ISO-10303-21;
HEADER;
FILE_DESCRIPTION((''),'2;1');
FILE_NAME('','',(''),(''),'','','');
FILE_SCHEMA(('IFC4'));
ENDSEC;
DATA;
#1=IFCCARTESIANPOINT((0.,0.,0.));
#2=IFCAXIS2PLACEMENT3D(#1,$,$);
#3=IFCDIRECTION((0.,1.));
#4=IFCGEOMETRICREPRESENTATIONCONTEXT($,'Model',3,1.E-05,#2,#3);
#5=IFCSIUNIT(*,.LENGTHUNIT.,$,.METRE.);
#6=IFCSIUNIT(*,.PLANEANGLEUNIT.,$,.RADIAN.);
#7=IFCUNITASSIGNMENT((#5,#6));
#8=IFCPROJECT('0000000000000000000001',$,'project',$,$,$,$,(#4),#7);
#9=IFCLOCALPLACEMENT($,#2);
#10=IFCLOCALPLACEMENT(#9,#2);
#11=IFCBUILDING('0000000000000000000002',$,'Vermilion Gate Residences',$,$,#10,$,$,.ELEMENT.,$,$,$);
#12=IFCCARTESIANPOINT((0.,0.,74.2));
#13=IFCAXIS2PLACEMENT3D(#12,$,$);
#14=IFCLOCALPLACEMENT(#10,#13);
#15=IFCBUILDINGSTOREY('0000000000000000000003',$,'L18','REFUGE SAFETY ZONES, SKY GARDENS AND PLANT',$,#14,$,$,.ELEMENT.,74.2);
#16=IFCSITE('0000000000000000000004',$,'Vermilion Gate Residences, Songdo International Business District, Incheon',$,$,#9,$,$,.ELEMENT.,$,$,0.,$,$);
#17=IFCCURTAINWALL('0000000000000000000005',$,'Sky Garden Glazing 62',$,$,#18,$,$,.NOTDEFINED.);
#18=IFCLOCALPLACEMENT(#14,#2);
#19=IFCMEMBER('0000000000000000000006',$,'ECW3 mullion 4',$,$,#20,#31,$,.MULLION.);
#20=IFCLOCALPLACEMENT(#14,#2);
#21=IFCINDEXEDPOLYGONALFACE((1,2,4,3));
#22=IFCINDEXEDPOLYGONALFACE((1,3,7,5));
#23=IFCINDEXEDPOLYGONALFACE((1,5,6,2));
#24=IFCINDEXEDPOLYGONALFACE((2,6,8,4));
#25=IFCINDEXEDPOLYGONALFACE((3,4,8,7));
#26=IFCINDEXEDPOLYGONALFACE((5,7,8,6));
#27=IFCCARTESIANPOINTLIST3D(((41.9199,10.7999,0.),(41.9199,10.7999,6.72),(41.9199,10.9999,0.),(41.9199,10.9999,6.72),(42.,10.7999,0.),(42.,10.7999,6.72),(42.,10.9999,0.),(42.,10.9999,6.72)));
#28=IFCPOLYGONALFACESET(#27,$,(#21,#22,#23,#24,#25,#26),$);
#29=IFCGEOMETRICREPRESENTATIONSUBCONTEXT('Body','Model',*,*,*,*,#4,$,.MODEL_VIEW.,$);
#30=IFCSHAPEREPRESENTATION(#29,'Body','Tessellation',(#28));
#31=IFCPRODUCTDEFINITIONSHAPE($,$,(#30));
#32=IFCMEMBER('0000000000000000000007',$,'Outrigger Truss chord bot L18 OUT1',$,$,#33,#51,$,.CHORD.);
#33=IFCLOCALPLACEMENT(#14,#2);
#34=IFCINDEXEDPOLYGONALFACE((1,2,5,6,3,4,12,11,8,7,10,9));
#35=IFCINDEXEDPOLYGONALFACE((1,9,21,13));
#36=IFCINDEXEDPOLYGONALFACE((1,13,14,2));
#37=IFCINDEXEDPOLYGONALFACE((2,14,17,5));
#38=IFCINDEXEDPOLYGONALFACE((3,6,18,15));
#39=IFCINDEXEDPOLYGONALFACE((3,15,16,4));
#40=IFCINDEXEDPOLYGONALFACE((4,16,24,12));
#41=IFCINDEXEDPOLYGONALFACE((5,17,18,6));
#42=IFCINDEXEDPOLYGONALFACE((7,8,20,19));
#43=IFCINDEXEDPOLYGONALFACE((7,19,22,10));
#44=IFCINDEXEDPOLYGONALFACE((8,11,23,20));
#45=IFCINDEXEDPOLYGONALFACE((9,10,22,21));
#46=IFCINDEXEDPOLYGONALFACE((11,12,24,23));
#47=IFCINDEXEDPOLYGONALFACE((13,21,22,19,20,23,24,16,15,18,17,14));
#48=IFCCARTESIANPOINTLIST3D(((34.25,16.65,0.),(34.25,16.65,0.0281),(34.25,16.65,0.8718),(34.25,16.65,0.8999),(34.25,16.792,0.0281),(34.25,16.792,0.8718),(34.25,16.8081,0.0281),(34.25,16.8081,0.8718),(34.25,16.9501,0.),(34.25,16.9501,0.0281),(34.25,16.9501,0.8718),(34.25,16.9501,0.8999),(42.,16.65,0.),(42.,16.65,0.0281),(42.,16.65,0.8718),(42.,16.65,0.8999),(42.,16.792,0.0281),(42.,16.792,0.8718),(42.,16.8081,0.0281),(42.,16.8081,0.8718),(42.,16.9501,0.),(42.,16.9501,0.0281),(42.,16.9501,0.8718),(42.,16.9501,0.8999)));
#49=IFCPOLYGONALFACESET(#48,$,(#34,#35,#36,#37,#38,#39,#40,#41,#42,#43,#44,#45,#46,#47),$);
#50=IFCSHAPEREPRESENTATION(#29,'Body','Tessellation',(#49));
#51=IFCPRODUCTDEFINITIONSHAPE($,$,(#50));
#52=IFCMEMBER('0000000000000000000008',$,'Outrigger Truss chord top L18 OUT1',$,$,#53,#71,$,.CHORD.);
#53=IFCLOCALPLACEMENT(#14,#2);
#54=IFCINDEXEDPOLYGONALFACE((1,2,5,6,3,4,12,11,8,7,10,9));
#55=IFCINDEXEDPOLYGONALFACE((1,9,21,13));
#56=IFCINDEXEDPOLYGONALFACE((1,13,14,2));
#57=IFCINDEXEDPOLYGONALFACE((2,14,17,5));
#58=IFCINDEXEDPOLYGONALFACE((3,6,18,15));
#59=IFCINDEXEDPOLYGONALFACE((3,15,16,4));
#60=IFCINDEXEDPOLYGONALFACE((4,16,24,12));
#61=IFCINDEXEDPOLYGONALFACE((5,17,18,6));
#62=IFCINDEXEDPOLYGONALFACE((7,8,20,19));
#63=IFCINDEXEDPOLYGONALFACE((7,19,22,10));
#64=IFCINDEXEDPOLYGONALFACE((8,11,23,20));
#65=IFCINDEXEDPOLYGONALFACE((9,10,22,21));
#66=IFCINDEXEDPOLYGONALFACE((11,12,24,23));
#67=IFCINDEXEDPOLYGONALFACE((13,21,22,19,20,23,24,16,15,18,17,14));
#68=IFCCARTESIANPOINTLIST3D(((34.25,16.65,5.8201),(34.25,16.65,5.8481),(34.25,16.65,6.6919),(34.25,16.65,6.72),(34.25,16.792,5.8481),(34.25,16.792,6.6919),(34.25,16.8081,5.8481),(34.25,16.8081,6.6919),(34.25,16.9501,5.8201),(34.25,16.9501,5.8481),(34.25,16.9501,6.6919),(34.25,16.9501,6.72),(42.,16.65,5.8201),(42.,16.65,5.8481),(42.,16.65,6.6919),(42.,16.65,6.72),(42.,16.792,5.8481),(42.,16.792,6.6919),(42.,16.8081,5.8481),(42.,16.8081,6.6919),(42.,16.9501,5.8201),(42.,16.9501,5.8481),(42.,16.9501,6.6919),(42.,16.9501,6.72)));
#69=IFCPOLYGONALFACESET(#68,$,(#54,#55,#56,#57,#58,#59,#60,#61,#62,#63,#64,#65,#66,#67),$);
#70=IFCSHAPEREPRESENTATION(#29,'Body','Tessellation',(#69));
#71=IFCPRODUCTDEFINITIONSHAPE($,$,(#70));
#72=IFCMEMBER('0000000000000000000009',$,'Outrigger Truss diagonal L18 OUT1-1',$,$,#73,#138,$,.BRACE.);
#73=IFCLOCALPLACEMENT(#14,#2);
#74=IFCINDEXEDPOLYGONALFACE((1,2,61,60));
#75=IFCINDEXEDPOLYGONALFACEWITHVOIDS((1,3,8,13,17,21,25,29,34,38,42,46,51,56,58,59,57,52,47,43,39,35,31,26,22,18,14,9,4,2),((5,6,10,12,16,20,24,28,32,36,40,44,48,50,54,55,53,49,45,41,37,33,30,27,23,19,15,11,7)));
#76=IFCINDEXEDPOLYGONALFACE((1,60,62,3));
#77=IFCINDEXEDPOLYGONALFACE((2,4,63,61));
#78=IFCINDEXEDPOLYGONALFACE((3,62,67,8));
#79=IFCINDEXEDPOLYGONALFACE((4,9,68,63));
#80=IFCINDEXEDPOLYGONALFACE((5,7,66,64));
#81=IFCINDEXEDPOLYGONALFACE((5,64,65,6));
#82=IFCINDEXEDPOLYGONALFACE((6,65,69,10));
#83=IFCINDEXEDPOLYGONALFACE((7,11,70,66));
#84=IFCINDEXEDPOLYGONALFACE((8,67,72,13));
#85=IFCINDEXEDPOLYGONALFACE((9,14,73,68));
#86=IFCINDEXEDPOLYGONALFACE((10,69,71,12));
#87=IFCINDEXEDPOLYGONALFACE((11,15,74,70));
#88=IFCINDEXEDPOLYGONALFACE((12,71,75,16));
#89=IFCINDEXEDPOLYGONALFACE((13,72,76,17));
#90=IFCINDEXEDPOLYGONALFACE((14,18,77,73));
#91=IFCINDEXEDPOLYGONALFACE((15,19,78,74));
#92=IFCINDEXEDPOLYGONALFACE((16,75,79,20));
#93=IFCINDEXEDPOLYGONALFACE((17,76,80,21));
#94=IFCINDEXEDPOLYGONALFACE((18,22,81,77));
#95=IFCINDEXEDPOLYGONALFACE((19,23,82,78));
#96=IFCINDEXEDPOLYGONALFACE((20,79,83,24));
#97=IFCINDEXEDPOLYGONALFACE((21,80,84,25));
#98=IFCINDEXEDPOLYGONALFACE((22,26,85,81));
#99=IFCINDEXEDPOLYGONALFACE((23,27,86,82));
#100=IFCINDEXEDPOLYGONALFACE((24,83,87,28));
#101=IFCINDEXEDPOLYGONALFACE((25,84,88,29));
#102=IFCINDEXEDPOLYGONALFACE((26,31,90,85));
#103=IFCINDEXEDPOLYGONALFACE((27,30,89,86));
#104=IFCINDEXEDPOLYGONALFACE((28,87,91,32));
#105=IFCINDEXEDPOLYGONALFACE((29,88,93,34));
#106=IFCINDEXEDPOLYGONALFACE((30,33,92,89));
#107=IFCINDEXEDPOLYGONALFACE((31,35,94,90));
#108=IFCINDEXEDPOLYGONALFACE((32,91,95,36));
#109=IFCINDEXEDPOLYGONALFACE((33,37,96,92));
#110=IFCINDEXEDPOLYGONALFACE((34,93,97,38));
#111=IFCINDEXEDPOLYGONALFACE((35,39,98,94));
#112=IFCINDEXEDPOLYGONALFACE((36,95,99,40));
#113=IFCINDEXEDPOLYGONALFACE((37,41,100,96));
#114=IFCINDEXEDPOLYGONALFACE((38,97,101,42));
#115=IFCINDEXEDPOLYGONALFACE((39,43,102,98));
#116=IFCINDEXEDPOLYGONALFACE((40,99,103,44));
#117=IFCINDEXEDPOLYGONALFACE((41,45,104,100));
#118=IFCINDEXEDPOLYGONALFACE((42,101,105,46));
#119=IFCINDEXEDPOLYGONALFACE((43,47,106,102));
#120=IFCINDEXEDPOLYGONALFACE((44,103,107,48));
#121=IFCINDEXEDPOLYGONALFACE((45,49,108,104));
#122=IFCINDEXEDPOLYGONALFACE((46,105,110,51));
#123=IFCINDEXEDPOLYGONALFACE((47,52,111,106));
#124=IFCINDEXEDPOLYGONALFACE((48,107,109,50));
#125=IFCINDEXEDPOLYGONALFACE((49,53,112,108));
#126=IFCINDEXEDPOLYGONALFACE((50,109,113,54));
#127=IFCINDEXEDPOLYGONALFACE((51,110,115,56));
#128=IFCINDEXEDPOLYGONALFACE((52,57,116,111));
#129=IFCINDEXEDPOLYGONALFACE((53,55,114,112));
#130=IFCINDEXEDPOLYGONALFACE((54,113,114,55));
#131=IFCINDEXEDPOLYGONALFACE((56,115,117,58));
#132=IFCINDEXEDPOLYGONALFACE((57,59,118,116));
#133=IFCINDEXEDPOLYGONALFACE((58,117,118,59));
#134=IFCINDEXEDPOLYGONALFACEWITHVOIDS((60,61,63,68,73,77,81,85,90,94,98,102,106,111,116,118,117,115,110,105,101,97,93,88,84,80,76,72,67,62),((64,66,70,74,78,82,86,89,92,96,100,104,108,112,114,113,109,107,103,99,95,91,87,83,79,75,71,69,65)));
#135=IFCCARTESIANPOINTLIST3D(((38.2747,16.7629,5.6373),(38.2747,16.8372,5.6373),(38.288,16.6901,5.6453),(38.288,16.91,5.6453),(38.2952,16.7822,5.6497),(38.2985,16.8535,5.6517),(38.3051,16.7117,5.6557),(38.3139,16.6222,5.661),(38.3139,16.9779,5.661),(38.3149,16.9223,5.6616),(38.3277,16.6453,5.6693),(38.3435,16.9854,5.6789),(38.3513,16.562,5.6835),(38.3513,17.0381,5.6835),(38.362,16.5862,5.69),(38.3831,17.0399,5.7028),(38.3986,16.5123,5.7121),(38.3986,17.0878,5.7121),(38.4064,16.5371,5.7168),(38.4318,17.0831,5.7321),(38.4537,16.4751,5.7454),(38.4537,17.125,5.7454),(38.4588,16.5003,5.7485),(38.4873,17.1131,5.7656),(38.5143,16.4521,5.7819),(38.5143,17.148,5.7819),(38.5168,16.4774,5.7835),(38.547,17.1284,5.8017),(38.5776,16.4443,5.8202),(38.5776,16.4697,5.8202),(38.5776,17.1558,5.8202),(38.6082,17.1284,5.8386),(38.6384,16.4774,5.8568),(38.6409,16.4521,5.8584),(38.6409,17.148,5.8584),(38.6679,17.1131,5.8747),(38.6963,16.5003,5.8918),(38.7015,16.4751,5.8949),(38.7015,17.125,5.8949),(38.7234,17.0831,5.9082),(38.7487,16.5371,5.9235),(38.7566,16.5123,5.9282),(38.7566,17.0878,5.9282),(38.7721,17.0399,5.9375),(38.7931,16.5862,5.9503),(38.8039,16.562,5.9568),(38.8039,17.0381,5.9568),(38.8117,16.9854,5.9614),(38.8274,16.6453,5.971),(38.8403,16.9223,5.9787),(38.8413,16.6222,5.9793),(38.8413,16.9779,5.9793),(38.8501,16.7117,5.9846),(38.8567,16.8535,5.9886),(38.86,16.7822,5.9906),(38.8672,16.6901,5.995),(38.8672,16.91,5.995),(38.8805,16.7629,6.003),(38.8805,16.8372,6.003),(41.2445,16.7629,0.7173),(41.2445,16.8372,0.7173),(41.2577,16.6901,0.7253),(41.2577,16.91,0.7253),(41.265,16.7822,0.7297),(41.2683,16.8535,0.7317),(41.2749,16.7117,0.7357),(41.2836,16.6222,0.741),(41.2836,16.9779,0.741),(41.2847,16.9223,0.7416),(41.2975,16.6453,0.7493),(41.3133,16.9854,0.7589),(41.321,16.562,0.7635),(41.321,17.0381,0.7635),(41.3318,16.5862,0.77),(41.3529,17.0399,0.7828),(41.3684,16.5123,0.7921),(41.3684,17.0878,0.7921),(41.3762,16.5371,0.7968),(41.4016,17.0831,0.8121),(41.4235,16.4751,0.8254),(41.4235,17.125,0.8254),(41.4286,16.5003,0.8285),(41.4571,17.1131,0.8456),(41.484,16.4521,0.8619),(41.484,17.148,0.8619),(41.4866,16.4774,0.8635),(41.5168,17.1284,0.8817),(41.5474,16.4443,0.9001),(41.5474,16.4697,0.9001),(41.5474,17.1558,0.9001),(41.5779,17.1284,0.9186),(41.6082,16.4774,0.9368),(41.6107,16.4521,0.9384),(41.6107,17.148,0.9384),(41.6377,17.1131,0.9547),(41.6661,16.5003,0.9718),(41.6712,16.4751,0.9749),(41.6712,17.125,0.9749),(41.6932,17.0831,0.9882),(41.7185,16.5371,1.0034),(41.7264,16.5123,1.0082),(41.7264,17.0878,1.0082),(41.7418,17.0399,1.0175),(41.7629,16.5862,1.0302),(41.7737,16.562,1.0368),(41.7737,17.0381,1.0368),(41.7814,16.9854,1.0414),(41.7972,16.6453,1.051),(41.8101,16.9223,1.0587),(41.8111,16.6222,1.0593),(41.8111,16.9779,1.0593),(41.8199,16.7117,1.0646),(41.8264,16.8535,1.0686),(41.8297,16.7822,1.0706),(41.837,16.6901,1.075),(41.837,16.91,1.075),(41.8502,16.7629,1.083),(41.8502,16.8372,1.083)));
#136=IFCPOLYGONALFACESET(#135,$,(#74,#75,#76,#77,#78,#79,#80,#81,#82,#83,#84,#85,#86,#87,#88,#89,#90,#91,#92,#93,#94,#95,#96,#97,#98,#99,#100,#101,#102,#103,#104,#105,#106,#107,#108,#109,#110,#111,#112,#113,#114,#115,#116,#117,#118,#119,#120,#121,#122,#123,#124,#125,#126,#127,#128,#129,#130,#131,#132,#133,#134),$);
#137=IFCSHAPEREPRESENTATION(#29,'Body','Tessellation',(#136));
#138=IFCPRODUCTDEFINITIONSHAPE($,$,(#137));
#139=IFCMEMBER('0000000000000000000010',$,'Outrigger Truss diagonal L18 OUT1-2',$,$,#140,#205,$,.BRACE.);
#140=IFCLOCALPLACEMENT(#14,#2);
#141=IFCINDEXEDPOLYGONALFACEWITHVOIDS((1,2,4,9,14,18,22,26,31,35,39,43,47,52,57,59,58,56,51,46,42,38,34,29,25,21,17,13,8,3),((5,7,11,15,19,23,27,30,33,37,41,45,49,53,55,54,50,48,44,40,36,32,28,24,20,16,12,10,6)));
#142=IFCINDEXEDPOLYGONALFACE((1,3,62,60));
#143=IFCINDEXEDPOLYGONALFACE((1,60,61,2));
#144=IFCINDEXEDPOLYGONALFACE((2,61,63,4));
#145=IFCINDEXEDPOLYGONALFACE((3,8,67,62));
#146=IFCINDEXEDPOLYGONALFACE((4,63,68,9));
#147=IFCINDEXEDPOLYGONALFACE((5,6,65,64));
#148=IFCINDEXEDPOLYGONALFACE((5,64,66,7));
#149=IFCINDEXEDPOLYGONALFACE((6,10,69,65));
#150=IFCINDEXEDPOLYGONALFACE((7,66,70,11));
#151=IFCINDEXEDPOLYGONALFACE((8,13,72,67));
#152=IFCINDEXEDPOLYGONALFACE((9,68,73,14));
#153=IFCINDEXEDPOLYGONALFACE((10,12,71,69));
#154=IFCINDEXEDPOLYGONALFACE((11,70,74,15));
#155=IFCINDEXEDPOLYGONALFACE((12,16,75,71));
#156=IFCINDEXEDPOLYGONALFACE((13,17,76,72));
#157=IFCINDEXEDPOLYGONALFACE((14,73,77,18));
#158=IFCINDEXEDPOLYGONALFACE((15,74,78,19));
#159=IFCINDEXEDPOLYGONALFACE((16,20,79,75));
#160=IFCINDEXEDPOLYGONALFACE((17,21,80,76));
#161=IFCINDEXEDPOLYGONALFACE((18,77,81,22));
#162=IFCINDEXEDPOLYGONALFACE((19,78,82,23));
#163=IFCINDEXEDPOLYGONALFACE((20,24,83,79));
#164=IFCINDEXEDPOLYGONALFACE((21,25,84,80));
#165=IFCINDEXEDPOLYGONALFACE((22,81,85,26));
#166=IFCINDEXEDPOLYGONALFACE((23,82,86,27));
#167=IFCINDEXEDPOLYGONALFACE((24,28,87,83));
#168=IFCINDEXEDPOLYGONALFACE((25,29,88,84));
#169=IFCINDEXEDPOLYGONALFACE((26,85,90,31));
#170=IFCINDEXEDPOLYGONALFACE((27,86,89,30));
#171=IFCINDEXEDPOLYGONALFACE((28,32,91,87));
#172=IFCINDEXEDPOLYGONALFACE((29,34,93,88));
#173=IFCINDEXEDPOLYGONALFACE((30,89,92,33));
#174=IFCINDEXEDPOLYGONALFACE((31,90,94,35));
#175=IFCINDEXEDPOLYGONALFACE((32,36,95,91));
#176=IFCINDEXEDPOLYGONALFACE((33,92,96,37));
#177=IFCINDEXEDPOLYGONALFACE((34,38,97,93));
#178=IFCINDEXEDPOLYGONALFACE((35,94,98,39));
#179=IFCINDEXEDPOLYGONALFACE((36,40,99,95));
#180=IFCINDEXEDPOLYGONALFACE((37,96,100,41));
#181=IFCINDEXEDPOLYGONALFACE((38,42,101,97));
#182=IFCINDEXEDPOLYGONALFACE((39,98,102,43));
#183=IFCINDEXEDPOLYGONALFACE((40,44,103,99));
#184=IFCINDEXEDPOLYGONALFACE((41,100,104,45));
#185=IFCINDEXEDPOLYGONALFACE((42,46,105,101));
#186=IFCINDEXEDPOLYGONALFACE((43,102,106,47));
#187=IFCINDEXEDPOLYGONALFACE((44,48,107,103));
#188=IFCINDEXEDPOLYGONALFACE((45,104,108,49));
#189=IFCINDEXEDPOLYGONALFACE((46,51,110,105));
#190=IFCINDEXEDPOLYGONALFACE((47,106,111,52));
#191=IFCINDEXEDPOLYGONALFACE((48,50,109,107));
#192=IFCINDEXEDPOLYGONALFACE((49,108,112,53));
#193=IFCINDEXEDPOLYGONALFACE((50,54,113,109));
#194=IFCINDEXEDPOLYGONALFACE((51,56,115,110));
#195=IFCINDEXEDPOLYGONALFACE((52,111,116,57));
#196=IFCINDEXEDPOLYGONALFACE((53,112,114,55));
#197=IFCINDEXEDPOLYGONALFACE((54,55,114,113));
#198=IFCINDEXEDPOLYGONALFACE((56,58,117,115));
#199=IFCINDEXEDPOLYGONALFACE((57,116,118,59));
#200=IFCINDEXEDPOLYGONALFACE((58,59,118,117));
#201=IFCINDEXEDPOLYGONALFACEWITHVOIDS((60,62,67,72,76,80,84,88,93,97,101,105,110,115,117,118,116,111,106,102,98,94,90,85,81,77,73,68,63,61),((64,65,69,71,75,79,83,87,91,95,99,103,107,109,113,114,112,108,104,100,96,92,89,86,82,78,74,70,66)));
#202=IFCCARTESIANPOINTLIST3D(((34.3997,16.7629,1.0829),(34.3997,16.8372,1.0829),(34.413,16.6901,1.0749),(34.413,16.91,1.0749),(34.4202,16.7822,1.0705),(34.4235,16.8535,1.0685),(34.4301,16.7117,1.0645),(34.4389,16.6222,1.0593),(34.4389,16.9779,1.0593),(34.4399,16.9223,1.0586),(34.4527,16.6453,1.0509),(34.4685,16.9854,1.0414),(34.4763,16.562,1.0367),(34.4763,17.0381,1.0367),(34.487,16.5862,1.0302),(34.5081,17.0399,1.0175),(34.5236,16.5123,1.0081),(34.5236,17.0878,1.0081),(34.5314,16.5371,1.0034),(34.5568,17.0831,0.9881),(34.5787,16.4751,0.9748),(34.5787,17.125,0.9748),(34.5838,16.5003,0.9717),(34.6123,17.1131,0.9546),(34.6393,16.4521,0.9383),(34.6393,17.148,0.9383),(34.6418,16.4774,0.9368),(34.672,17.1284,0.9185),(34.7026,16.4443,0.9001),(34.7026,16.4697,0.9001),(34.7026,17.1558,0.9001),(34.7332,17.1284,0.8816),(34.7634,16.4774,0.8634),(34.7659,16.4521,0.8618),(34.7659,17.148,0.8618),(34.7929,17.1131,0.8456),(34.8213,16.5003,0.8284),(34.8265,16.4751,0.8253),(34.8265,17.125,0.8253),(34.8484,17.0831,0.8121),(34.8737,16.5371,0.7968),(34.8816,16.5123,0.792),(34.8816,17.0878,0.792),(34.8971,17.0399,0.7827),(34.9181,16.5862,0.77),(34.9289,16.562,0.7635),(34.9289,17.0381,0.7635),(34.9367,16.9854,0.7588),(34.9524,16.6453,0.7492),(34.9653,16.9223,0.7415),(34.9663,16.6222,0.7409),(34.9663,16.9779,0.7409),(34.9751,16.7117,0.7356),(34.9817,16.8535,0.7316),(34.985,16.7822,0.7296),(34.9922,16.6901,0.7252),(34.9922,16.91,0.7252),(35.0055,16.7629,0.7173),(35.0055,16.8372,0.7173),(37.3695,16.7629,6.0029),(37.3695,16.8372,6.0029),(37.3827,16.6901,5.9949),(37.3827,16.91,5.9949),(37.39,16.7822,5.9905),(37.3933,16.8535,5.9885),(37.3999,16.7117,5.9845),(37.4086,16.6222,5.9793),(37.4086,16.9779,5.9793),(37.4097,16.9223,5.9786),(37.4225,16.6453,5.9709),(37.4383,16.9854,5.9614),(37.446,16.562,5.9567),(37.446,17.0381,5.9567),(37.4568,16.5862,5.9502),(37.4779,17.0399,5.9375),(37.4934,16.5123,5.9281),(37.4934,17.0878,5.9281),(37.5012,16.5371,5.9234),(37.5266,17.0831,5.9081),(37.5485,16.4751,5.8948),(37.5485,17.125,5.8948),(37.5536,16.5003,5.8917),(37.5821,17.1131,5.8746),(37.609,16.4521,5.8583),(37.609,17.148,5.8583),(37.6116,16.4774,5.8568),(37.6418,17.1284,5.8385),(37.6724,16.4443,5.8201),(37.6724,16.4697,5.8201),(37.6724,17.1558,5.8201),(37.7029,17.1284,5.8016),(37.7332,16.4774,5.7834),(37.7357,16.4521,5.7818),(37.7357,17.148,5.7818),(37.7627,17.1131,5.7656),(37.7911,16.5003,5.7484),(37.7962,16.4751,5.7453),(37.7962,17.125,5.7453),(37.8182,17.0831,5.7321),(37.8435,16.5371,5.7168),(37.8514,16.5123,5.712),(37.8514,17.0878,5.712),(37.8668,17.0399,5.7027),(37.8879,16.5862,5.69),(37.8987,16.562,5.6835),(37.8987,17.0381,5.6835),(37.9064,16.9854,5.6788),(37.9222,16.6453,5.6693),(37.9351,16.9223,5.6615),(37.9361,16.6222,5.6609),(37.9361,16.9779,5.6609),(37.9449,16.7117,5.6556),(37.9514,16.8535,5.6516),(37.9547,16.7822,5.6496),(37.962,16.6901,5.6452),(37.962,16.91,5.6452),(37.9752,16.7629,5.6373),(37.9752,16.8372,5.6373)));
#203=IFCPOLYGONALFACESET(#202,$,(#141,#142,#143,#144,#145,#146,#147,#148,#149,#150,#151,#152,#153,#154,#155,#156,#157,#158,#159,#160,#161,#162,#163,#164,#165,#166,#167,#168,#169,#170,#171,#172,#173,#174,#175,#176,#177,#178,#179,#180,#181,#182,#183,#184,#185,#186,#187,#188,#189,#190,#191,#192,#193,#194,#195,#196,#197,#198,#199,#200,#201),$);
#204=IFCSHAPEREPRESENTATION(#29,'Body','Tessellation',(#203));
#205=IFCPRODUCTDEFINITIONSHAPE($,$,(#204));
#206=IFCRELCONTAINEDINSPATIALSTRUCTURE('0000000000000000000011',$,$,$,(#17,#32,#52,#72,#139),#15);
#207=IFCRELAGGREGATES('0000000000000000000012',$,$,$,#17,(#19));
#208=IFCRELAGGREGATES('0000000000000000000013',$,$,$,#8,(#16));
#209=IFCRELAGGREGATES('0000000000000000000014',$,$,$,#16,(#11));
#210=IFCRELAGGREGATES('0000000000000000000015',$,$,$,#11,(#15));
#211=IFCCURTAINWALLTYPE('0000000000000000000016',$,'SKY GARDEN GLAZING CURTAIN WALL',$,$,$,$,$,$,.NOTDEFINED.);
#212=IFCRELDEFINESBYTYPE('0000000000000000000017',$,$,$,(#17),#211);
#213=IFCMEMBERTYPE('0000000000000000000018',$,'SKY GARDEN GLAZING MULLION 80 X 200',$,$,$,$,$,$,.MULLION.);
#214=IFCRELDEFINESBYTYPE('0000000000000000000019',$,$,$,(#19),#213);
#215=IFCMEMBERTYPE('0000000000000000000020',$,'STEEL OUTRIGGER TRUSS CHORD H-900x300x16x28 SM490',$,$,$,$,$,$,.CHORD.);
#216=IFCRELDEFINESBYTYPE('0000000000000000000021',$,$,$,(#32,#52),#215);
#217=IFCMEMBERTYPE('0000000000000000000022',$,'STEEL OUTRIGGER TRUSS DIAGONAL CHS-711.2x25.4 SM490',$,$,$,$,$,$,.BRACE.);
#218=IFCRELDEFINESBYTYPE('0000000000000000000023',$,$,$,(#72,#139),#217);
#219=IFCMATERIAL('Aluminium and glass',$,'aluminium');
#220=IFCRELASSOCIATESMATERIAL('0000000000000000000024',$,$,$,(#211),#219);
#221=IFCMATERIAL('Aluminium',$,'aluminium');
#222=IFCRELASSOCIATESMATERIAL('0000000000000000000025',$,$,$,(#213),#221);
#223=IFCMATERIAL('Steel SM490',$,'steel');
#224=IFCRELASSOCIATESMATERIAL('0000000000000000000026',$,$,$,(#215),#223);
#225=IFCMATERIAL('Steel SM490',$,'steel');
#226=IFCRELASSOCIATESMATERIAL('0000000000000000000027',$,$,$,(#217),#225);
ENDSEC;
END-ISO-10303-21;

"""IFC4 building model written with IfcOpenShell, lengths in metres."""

from ifc_helpers import new_model, si_unit, direction, frame, origin, origin_2d, place, context, subcontext, project, spatial, rectangle, hollow_circle, i_section, extrude, material, material_profile, profile_set, type_object, element, aggregate, save


model = new_model("IFC4")

# Units and contexts
model_context = context("Model", 3, precision=1e-05, world=origin(), true_north=direction((0.0, 1.0)))
body_context = subcontext(model_context, "Body", "Model", "MODEL_VIEW")
ifc_project = project(units=[si_unit("LENGTHUNIT", "METRE"), si_unit("PLANEANGLEUNIT", "RADIAN")], contexts=[model_context])

# Site, building, storey
site_placement = place(None, origin())
site = spatial("IfcSite", under=ifc_project, at=site_placement, Name="Vermilion Gate Residences, Songdo International Business District, Incheon", CompositionType="ELEMENT", RefElevation=0.0)
building_placement = place(site_placement, origin())
building = spatial("IfcBuilding", under=site, at=building_placement, Name="Vermilion Gate Residences", CompositionType="ELEMENT")
storey_placement = place(building_placement, frame((0.0, 0.0, 74.2)))
storey = spatial("IfcBuildingStorey", under=building, at=storey_placement, Name="L18", Description="REFUGE SAFETY ZONES, SKY GARDENS AND PLANT", CompositionType="ELEMENT", Elevation=74.2)

# Curtain wall, member
ifc_material_1 = material(Name="Aluminium and glass", Category="aluminium")
curtain_wall_type = type_object("IfcCurtainWallType", Name="SKY GARDEN GLAZING CURTAIN WALL", PredefinedType="NOTDEFINED", material=ifc_material_1)
curtain_wall_placement = place(storey_placement, origin())
curtain_wall = element("IfcCurtainWall", 1, at=curtain_wall_placement, inside=storey, type_object=curtain_wall_type, Name="Sky Garden Glazing 62", PredefinedType="NOTDEFINED")
ifc_material_2 = material(Name="Aluminium", Category="aluminium")
ifc_material_profile_1 = material_profile(ifc_material_2, rectangle(XDim=0.2, YDim=0.0801, at=origin_2d()), Name="MULLION 80 X 200")
ifc_profile_set_1 = profile_set([ifc_material_profile_1], Name="Aluminium")
member_type_1 = type_object("IfcMemberType", Name="SKY GARDEN GLAZING MULLION 80 X 200", PredefinedType="MULLION", material=ifc_profile_set_1)
member_placement = place(storey_placement, frame((41.96, 10.8999, 0.0), z_axis=(0.0, 0.0, 1.0), x_axis=(0.0, 1.0, 0.0)))
member = element("IfcMember", 2, at=member_placement, type_object=member_type_1, Name="ECW3 mullion 4", PredefinedType="MULLION", context=body_context, shape_type="SweptSolid", body=[
    extrude(rectangle(XDim=0.2, YDim=0.0801, at=origin_2d()), origin(), (0.0, 0.0, 1.0), 6.72),
])

# Members
ifc_material_3 = material(Name="Steel SM490", Category="steel")
ifc_material_profile_2 = material_profile(ifc_material_3, i_section(OverallWidth=0.3, OverallDepth=0.8999, WebThickness=0.0161, FlangeThickness=0.0281, at=origin_2d()), Name="H-900x300x16x28")
ifc_profile_set_2 = profile_set([ifc_material_profile_2], Name="Steel SM490")
member_type_2 = type_object("IfcMemberType", Name="STEEL OUTRIGGER TRUSS CHORD H-900x300x16x28 SM490", PredefinedType="CHORD", material=ifc_profile_set_2)
for number, where, z_axis, x_axis, name in (
    (3, (42.0, 16.8, 0.45), (-1.0, 0.0, 0.0), (0.0, -1.0, 0.0), "Outrigger Truss chord bot L18 OUT1"),
    (4, (42.0, 16.8, 6.27), (-1.0, 0.0, 0.0), (0.0, -1.0, 0.0), "Outrigger Truss chord top L18 OUT1"),
):
    element("IfcMember", number, at=place(storey_placement, frame(where, z_axis=z_axis, x_axis=x_axis)), inside=storey, type_object=member_type_2, Name=name, PredefinedType="CHORD", context=body_context, shape_type="SweptSolid", body=[
        extrude(i_section(OverallWidth=0.3, OverallDepth=0.8999, WebThickness=0.0161, FlangeThickness=0.0281, at=origin_2d()), origin(), (0.0, 0.0, 1.0), 7.75),
    ])
ifc_material_4 = material(Name="Steel SM490", Category="steel")
ifc_material_profile_3 = material_profile(ifc_material_4, hollow_circle(Radius=0.3557, WallThickness=0.0254, at=origin_2d()), Name="CHS-711.2x25.4")
ifc_profile_set_3 = profile_set([ifc_material_profile_3], Name="Steel SM490")
member_type_3 = type_object("IfcMemberType", Name="STEEL OUTRIGGER TRUSS DIAGONAL CHS-711.2x25.4 SM490", PredefinedType="BRACE", material=ifc_profile_set_3)
for number, where, z_axis, x_axis, name in (
    (5, (41.5474, 16.8, 0.9001), (-0.516768, 0.0, 0.856125), (0.0, -1.0, 0.0), "Outrigger Truss diagonal L18 OUT1-1"),
    (6, (37.6724, 16.8, 5.8201), (-0.516768, 0.0, -0.856125), (0.0, -1.0, 0.0), "Outrigger Truss diagonal L18 OUT1-2"),
):
    element("IfcMember", number, at=place(storey_placement, frame(where, z_axis=z_axis, x_axis=x_axis)), inside=storey, type_object=member_type_3, Name=name, PredefinedType="BRACE", context=body_context, shape_type="SweptSolid", body=[
        extrude(hollow_circle(Radius=0.3557, WallThickness=0.0254, at=origin_2d()), origin(), (0.0, 0.0, 1.0), 5.7468),
    ])

aggregate(curtain_wall, [member])

save(model, "model.ifc")
